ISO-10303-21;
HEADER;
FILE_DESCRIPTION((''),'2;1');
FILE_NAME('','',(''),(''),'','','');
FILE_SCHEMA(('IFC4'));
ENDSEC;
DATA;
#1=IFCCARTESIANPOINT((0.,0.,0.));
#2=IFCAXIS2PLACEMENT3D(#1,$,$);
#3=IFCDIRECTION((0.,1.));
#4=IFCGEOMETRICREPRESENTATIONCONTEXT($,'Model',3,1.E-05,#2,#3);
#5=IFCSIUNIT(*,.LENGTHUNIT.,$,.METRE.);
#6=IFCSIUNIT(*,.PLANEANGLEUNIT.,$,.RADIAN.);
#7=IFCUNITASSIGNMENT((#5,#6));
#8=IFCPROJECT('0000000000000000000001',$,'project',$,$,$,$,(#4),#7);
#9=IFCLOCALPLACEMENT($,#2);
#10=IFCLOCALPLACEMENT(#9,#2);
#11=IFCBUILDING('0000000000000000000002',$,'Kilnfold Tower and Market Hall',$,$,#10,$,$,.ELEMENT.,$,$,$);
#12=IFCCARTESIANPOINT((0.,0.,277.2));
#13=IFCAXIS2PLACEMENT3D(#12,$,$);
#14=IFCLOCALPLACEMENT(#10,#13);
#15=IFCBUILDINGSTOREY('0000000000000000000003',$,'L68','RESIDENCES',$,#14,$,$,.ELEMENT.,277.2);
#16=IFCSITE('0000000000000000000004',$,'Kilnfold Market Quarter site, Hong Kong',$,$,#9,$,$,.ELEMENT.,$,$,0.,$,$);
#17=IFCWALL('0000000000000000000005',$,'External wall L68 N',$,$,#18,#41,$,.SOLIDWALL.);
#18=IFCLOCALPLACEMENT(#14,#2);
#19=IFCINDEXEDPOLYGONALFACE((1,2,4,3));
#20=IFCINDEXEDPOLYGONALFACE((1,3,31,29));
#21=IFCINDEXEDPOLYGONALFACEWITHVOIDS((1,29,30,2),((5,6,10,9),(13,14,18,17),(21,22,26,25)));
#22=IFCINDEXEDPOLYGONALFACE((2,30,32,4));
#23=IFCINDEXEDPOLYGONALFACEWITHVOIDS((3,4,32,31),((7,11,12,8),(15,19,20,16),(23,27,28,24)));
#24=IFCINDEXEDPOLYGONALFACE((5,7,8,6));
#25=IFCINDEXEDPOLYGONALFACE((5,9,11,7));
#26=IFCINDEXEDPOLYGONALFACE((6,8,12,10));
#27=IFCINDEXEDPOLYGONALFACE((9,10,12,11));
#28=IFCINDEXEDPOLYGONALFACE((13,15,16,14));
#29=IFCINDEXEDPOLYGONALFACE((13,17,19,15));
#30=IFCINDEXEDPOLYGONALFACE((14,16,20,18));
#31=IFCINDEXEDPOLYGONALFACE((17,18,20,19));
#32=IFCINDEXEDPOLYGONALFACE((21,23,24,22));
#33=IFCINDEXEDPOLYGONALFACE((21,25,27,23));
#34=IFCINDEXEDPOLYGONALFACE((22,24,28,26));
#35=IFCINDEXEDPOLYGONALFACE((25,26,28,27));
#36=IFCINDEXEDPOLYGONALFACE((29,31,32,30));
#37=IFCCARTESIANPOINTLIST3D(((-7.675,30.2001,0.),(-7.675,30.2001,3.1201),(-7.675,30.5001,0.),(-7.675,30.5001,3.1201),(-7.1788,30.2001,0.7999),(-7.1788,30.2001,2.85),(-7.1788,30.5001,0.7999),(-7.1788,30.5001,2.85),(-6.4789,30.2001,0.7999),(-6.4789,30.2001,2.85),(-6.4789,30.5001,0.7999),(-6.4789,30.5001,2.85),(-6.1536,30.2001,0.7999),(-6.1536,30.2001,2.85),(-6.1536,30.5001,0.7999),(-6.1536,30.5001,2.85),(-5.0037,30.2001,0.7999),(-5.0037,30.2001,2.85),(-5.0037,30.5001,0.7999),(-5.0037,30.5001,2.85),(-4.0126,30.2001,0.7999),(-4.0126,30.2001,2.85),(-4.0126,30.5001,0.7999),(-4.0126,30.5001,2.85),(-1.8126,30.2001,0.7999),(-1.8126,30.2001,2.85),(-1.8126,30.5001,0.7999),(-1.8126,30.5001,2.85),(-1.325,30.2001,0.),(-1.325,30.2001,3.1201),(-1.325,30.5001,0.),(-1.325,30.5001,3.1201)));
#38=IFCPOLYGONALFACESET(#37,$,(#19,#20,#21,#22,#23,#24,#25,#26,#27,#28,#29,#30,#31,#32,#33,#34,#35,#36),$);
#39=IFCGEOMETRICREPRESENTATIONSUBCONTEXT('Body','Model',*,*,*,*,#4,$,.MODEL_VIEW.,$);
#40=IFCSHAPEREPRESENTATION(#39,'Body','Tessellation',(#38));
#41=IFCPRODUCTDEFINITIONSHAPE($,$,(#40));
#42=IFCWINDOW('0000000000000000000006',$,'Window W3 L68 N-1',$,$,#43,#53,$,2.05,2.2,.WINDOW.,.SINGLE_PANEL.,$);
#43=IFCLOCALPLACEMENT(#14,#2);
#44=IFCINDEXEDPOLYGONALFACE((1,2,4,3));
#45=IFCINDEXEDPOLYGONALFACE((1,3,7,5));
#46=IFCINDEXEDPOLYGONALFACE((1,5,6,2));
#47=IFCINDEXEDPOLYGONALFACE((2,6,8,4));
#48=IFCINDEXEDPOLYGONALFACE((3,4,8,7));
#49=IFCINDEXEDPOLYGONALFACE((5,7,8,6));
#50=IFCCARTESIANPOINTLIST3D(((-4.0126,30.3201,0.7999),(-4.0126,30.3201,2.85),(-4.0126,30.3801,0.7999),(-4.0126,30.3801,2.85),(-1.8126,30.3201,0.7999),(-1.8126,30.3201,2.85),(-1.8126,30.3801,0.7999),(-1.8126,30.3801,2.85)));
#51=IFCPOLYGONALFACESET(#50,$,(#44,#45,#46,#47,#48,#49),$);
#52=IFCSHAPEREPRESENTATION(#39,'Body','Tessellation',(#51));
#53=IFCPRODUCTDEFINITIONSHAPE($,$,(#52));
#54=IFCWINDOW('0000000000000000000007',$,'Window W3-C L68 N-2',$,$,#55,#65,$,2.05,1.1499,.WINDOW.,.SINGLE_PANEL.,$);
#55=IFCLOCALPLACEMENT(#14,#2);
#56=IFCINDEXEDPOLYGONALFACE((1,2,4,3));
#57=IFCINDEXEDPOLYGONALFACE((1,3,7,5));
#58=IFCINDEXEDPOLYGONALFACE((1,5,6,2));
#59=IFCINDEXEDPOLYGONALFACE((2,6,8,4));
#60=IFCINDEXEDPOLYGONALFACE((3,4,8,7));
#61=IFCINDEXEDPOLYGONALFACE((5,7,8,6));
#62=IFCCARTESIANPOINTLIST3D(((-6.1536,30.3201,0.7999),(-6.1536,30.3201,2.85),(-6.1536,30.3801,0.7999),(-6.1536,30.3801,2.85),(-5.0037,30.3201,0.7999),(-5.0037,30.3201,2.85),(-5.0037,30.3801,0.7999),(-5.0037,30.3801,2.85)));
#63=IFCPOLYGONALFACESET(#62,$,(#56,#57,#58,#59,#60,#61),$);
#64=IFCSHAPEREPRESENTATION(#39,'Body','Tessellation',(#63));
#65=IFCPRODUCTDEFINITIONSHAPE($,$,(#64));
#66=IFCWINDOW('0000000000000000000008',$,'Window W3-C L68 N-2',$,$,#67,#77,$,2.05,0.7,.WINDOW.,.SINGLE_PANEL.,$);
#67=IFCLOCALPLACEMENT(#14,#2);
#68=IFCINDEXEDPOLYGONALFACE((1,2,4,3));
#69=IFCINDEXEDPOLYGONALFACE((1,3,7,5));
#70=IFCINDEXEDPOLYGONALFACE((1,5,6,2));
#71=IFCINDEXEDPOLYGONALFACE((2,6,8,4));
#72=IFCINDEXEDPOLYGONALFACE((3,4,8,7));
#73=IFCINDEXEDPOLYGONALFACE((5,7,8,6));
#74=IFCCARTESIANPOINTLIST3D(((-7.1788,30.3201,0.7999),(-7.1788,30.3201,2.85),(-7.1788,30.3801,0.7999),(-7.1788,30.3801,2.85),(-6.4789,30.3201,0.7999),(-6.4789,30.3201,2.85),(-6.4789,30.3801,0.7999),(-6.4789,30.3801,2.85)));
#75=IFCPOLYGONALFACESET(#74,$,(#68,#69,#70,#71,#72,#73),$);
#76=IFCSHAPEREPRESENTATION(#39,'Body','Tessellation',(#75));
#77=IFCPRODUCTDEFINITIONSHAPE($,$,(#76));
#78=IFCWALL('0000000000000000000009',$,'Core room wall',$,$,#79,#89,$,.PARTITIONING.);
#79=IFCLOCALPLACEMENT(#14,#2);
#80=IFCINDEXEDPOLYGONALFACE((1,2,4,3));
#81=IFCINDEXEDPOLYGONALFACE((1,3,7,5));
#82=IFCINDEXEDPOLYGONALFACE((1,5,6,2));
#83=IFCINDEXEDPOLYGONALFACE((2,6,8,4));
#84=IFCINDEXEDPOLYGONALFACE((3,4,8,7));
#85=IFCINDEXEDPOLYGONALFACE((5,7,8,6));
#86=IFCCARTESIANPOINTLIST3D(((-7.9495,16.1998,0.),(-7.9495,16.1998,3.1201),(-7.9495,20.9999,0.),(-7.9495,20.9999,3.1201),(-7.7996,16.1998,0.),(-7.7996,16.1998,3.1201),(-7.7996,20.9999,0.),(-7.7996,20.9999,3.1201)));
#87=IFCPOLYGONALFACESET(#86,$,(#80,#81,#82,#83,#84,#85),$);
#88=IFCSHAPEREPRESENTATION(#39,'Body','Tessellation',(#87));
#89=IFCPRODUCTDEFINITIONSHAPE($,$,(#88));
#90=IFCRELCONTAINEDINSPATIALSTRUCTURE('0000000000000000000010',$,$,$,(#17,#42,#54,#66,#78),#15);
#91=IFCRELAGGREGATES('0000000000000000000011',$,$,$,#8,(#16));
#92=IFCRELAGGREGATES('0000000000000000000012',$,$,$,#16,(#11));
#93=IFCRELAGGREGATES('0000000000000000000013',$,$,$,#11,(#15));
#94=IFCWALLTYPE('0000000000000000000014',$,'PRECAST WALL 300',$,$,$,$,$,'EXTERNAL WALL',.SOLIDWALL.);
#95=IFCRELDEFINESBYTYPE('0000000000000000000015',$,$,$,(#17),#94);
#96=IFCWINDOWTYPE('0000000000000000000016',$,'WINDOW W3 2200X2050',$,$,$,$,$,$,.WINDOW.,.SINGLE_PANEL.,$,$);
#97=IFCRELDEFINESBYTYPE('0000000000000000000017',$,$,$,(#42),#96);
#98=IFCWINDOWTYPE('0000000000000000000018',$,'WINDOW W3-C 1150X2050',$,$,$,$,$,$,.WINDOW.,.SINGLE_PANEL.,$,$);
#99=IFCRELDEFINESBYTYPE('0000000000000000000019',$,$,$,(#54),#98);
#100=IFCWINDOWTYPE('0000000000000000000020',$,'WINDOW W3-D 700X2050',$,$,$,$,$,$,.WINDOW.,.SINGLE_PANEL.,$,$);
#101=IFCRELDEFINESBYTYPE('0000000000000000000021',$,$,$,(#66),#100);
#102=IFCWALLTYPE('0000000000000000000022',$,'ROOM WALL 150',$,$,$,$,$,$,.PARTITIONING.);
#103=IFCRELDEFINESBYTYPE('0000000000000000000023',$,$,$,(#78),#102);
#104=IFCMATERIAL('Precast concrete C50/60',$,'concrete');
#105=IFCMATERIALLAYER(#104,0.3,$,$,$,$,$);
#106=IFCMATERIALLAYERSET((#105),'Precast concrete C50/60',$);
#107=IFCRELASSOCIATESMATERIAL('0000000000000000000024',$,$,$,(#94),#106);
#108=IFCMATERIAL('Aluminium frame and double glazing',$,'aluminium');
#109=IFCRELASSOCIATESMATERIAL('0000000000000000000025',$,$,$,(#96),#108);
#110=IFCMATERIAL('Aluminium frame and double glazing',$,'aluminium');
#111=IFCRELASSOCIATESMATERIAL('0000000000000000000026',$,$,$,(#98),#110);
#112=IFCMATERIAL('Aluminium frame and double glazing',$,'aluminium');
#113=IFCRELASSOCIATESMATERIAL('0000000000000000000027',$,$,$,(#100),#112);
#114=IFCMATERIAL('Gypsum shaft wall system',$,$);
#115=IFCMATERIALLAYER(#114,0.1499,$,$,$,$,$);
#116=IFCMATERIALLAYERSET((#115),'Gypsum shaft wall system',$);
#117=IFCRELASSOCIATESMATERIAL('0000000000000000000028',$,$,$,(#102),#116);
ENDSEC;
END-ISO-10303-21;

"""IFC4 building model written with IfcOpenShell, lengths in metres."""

from ifc_helpers import new_model, si_unit, direction, frame, frame_2d, origin, place, context, subcontext, project, spatial, rectangle, extrude, source, transform, mapped, material, layer, layer_set, type_object, element, fill, save


model = new_model("IFC4")

# Units and contexts
model_context = context("Model", 3, precision=1e-05, world=origin(), true_north=direction((0.0, 1.0)))
body_context = subcontext(model_context, "Body", "Model", "MODEL_VIEW")
ifc_project = project(units=[si_unit("LENGTHUNIT", "METRE"), si_unit("PLANEANGLEUNIT", "RADIAN")], contexts=[model_context])

# Site, building, storey
site_placement = place(None, origin())
site = spatial("IfcSite", under=ifc_project, at=site_placement, Name="Kilnfold Market Quarter site, Hong Kong", CompositionType="ELEMENT", RefElevation=0.0)
building_placement = place(site_placement, origin())
building = spatial("IfcBuilding", under=site, at=building_placement, Name="Kilnfold Tower and Market Hall", CompositionType="ELEMENT")
storey_placement = place(building_placement, frame((0.0, 0.0, 277.2)))
storey = spatial("IfcBuildingStorey", under=building, at=storey_placement, Name="L68", Description="RESIDENCES", CompositionType="ELEMENT", Elevation=277.2)

# Wall, openings, windows
ifc_material_1 = material(Name="Precast concrete C50/60", Category="concrete")
ifc_layer_1 = layer(ifc_material_1, 0.3)
ifc_layer_set_1 = layer_set([ifc_layer_1], Name="Precast concrete C50/60")
wall_type_1 = type_object("IfcWallType", Name="PRECAST WALL 300", ElementType="EXTERNAL WALL", PredefinedType="SOLIDWALL", material=ifc_layer_set_1)
shared_shape_1 = source(origin(), body_context, "Body", "SweptSolid", [
    extrude(rectangle(XDim=6.3501, YDim=0.3, at=frame_2d((3.175, 0.0))), origin(), (0.0, 0.0, 1.0), 3.1201),
])
wall_1_placement = place(storey_placement, frame((-1.325, 30.3501, 0.0), z_axis=(0.0, 0.0, 1.0), x_axis=(-1.0, 0.0, 0.0)))
wall_1 = element("IfcWall", 1, at=wall_1_placement, inside=storey, type_object=wall_type_1, Name="External wall L68 N", PredefinedType="SOLIDWALL", context=body_context, shape_type="MappedRepresentation", body=[
    mapped(shared_shape_1, transform((0.0, 0.0, 0.0))),
])
opening_1_placement = place(wall_1_placement, frame((0.4875, 0.0, 0.8)))
opening_1 = element("IfcOpeningElement", 2, at=opening_1_placement, cuts=wall_1, PredefinedType="OPENING", context=body_context, shape_type="SweptSolid", body=[
    extrude(rectangle(XDim=2.2, YDim=2.05, at=frame_2d((1.1001, 1.0249))), frame((0.0, 0.1602, 0.0), z_axis=(0.0, -1.0, 0.0), x_axis=(1.0, 0.0, 0.0)), (0.0, 0.0, 1.0), 0.3201),
])
opening_2_placement = place(wall_1_placement, frame((3.6787, 0.0, 0.8)))
opening_2 = element("IfcOpeningElement", 3, at=opening_2_placement, cuts=wall_1, PredefinedType="OPENING", context=body_context, shape_type="SweptSolid", body=[
    extrude(rectangle(XDim=1.1499, YDim=2.05, at=frame_2d((0.575, 1.0249))), frame((0.0, 0.1602, 0.0), z_axis=(0.0, -1.0, 0.0), x_axis=(1.0, 0.0, 0.0)), (0.0, 0.0, 1.0), 0.3201),
])
opening_3_placement = place(wall_1_placement, frame((5.1538, 0.0, 0.8)))
opening_3 = element("IfcOpeningElement", 4, at=opening_3_placement, cuts=wall_1, PredefinedType="OPENING", context=body_context, shape_type="SweptSolid", body=[
    extrude(rectangle(XDim=0.7, YDim=2.05, at=frame_2d((0.3501, 1.0249))), frame((0.0, 0.1602, 0.0), z_axis=(0.0, -1.0, 0.0), x_axis=(1.0, 0.0, 0.0)), (0.0, 0.0, 1.0), 0.3201),
])
ifc_material_2 = material(Name="Aluminium frame and double glazing", Category="aluminium")
window_type_1 = type_object("IfcWindowType", Name="WINDOW W3 2200X2050", PartitioningType="SINGLE_PANEL", PredefinedType="WINDOW", material=ifc_material_2)
window_1_placement = place(opening_1_placement, origin())
window_1 = element("IfcWindow", 5, at=window_1_placement, inside=storey, type_object=window_type_1, Name="Window W3 L68 N-1", OverallHeight=2.05, OverallWidth=2.2, PartitioningType="SINGLE_PANEL", PredefinedType="WINDOW", context=body_context, shape_type="SweptSolid", body=[
    extrude(rectangle(XDim=2.2, YDim=2.05, at=frame_2d((1.1001, 1.0249))), frame((0.0, 0.03, 0.0), z_axis=(0.0, -1.0, 0.0), x_axis=(1.0, 0.0, 0.0)), (0.0, 0.0, 1.0), 0.0601),
])
fill(opening_1, window_1)
ifc_material_3 = material(Name="Aluminium frame and double glazing", Category="aluminium")
window_type_2 = type_object("IfcWindowType", Name="WINDOW W3-C 1150X2050", PartitioningType="SINGLE_PANEL", PredefinedType="WINDOW", material=ifc_material_3)
window_2_placement = place(opening_2_placement, origin())
window_2 = element("IfcWindow", 6, at=window_2_placement, inside=storey, type_object=window_type_2, Name="Window W3-C L68 N-2", OverallHeight=2.05, OverallWidth=1.1499, PartitioningType="SINGLE_PANEL", PredefinedType="WINDOW", context=body_context, shape_type="SweptSolid", body=[
    extrude(rectangle(XDim=1.1499, YDim=2.05, at=frame_2d((0.575, 1.0249))), frame((0.0, 0.03, 0.0), z_axis=(0.0, -1.0, 0.0), x_axis=(1.0, 0.0, 0.0)), (0.0, 0.0, 1.0), 0.0601),
])
fill(opening_2, window_2)
ifc_material_4 = material(Name="Aluminium frame and double glazing", Category="aluminium")
window_type_3 = type_object("IfcWindowType", Name="WINDOW W3-D 700X2050", PartitioningType="SINGLE_PANEL", PredefinedType="WINDOW", material=ifc_material_4)
window_3_placement = place(opening_3_placement, origin())
window_3 = element("IfcWindow", 7, at=window_3_placement, inside=storey, type_object=window_type_3, Name="Window W3-C L68 N-2", OverallHeight=2.05, OverallWidth=0.7, PartitioningType="SINGLE_PANEL", PredefinedType="WINDOW", context=body_context, shape_type="SweptSolid", body=[
    extrude(rectangle(XDim=0.7, YDim=2.05, at=frame_2d((0.3501, 1.0249))), frame((0.0, 0.03, 0.0), z_axis=(0.0, -1.0, 0.0), x_axis=(1.0, 0.0, 0.0)), (0.0, 0.0, 1.0), 0.0601),
])
fill(opening_3, window_3)

# Wall
ifc_material_5 = material(Name="Gypsum shaft wall system")
ifc_layer_2 = layer(ifc_material_5, 0.1499)
ifc_layer_set_2 = layer_set([ifc_layer_2], Name="Gypsum shaft wall system")
wall_type_2 = type_object("IfcWallType", Name="ROOM WALL 150", PredefinedType="PARTITIONING", material=ifc_layer_set_2)
shared_shape_2 = source(origin(), body_context, "Body", "SweptSolid", [
    extrude(rectangle(XDim=4.8, YDim=0.1499, at=frame_2d((2.3999, 0.0))), origin(), (0.0, 0.0, 1.0), 3.1201),
])
wall_2_placement = place(storey_placement, frame((-7.8745, 16.2, 0.0), z_axis=(0.0, 0.0, 1.0), x_axis=(0.0, 1.0, 0.0)))
element("IfcWall", 8, at=wall_2_placement, inside=storey, type_object=wall_type_2, Name="Core room wall", PredefinedType="PARTITIONING", context=body_context, shape_type="MappedRepresentation", body=[
    mapped(shared_shape_2, transform((0.0, 0.0, 0.0))),
])

save(model, "model.ifc")
